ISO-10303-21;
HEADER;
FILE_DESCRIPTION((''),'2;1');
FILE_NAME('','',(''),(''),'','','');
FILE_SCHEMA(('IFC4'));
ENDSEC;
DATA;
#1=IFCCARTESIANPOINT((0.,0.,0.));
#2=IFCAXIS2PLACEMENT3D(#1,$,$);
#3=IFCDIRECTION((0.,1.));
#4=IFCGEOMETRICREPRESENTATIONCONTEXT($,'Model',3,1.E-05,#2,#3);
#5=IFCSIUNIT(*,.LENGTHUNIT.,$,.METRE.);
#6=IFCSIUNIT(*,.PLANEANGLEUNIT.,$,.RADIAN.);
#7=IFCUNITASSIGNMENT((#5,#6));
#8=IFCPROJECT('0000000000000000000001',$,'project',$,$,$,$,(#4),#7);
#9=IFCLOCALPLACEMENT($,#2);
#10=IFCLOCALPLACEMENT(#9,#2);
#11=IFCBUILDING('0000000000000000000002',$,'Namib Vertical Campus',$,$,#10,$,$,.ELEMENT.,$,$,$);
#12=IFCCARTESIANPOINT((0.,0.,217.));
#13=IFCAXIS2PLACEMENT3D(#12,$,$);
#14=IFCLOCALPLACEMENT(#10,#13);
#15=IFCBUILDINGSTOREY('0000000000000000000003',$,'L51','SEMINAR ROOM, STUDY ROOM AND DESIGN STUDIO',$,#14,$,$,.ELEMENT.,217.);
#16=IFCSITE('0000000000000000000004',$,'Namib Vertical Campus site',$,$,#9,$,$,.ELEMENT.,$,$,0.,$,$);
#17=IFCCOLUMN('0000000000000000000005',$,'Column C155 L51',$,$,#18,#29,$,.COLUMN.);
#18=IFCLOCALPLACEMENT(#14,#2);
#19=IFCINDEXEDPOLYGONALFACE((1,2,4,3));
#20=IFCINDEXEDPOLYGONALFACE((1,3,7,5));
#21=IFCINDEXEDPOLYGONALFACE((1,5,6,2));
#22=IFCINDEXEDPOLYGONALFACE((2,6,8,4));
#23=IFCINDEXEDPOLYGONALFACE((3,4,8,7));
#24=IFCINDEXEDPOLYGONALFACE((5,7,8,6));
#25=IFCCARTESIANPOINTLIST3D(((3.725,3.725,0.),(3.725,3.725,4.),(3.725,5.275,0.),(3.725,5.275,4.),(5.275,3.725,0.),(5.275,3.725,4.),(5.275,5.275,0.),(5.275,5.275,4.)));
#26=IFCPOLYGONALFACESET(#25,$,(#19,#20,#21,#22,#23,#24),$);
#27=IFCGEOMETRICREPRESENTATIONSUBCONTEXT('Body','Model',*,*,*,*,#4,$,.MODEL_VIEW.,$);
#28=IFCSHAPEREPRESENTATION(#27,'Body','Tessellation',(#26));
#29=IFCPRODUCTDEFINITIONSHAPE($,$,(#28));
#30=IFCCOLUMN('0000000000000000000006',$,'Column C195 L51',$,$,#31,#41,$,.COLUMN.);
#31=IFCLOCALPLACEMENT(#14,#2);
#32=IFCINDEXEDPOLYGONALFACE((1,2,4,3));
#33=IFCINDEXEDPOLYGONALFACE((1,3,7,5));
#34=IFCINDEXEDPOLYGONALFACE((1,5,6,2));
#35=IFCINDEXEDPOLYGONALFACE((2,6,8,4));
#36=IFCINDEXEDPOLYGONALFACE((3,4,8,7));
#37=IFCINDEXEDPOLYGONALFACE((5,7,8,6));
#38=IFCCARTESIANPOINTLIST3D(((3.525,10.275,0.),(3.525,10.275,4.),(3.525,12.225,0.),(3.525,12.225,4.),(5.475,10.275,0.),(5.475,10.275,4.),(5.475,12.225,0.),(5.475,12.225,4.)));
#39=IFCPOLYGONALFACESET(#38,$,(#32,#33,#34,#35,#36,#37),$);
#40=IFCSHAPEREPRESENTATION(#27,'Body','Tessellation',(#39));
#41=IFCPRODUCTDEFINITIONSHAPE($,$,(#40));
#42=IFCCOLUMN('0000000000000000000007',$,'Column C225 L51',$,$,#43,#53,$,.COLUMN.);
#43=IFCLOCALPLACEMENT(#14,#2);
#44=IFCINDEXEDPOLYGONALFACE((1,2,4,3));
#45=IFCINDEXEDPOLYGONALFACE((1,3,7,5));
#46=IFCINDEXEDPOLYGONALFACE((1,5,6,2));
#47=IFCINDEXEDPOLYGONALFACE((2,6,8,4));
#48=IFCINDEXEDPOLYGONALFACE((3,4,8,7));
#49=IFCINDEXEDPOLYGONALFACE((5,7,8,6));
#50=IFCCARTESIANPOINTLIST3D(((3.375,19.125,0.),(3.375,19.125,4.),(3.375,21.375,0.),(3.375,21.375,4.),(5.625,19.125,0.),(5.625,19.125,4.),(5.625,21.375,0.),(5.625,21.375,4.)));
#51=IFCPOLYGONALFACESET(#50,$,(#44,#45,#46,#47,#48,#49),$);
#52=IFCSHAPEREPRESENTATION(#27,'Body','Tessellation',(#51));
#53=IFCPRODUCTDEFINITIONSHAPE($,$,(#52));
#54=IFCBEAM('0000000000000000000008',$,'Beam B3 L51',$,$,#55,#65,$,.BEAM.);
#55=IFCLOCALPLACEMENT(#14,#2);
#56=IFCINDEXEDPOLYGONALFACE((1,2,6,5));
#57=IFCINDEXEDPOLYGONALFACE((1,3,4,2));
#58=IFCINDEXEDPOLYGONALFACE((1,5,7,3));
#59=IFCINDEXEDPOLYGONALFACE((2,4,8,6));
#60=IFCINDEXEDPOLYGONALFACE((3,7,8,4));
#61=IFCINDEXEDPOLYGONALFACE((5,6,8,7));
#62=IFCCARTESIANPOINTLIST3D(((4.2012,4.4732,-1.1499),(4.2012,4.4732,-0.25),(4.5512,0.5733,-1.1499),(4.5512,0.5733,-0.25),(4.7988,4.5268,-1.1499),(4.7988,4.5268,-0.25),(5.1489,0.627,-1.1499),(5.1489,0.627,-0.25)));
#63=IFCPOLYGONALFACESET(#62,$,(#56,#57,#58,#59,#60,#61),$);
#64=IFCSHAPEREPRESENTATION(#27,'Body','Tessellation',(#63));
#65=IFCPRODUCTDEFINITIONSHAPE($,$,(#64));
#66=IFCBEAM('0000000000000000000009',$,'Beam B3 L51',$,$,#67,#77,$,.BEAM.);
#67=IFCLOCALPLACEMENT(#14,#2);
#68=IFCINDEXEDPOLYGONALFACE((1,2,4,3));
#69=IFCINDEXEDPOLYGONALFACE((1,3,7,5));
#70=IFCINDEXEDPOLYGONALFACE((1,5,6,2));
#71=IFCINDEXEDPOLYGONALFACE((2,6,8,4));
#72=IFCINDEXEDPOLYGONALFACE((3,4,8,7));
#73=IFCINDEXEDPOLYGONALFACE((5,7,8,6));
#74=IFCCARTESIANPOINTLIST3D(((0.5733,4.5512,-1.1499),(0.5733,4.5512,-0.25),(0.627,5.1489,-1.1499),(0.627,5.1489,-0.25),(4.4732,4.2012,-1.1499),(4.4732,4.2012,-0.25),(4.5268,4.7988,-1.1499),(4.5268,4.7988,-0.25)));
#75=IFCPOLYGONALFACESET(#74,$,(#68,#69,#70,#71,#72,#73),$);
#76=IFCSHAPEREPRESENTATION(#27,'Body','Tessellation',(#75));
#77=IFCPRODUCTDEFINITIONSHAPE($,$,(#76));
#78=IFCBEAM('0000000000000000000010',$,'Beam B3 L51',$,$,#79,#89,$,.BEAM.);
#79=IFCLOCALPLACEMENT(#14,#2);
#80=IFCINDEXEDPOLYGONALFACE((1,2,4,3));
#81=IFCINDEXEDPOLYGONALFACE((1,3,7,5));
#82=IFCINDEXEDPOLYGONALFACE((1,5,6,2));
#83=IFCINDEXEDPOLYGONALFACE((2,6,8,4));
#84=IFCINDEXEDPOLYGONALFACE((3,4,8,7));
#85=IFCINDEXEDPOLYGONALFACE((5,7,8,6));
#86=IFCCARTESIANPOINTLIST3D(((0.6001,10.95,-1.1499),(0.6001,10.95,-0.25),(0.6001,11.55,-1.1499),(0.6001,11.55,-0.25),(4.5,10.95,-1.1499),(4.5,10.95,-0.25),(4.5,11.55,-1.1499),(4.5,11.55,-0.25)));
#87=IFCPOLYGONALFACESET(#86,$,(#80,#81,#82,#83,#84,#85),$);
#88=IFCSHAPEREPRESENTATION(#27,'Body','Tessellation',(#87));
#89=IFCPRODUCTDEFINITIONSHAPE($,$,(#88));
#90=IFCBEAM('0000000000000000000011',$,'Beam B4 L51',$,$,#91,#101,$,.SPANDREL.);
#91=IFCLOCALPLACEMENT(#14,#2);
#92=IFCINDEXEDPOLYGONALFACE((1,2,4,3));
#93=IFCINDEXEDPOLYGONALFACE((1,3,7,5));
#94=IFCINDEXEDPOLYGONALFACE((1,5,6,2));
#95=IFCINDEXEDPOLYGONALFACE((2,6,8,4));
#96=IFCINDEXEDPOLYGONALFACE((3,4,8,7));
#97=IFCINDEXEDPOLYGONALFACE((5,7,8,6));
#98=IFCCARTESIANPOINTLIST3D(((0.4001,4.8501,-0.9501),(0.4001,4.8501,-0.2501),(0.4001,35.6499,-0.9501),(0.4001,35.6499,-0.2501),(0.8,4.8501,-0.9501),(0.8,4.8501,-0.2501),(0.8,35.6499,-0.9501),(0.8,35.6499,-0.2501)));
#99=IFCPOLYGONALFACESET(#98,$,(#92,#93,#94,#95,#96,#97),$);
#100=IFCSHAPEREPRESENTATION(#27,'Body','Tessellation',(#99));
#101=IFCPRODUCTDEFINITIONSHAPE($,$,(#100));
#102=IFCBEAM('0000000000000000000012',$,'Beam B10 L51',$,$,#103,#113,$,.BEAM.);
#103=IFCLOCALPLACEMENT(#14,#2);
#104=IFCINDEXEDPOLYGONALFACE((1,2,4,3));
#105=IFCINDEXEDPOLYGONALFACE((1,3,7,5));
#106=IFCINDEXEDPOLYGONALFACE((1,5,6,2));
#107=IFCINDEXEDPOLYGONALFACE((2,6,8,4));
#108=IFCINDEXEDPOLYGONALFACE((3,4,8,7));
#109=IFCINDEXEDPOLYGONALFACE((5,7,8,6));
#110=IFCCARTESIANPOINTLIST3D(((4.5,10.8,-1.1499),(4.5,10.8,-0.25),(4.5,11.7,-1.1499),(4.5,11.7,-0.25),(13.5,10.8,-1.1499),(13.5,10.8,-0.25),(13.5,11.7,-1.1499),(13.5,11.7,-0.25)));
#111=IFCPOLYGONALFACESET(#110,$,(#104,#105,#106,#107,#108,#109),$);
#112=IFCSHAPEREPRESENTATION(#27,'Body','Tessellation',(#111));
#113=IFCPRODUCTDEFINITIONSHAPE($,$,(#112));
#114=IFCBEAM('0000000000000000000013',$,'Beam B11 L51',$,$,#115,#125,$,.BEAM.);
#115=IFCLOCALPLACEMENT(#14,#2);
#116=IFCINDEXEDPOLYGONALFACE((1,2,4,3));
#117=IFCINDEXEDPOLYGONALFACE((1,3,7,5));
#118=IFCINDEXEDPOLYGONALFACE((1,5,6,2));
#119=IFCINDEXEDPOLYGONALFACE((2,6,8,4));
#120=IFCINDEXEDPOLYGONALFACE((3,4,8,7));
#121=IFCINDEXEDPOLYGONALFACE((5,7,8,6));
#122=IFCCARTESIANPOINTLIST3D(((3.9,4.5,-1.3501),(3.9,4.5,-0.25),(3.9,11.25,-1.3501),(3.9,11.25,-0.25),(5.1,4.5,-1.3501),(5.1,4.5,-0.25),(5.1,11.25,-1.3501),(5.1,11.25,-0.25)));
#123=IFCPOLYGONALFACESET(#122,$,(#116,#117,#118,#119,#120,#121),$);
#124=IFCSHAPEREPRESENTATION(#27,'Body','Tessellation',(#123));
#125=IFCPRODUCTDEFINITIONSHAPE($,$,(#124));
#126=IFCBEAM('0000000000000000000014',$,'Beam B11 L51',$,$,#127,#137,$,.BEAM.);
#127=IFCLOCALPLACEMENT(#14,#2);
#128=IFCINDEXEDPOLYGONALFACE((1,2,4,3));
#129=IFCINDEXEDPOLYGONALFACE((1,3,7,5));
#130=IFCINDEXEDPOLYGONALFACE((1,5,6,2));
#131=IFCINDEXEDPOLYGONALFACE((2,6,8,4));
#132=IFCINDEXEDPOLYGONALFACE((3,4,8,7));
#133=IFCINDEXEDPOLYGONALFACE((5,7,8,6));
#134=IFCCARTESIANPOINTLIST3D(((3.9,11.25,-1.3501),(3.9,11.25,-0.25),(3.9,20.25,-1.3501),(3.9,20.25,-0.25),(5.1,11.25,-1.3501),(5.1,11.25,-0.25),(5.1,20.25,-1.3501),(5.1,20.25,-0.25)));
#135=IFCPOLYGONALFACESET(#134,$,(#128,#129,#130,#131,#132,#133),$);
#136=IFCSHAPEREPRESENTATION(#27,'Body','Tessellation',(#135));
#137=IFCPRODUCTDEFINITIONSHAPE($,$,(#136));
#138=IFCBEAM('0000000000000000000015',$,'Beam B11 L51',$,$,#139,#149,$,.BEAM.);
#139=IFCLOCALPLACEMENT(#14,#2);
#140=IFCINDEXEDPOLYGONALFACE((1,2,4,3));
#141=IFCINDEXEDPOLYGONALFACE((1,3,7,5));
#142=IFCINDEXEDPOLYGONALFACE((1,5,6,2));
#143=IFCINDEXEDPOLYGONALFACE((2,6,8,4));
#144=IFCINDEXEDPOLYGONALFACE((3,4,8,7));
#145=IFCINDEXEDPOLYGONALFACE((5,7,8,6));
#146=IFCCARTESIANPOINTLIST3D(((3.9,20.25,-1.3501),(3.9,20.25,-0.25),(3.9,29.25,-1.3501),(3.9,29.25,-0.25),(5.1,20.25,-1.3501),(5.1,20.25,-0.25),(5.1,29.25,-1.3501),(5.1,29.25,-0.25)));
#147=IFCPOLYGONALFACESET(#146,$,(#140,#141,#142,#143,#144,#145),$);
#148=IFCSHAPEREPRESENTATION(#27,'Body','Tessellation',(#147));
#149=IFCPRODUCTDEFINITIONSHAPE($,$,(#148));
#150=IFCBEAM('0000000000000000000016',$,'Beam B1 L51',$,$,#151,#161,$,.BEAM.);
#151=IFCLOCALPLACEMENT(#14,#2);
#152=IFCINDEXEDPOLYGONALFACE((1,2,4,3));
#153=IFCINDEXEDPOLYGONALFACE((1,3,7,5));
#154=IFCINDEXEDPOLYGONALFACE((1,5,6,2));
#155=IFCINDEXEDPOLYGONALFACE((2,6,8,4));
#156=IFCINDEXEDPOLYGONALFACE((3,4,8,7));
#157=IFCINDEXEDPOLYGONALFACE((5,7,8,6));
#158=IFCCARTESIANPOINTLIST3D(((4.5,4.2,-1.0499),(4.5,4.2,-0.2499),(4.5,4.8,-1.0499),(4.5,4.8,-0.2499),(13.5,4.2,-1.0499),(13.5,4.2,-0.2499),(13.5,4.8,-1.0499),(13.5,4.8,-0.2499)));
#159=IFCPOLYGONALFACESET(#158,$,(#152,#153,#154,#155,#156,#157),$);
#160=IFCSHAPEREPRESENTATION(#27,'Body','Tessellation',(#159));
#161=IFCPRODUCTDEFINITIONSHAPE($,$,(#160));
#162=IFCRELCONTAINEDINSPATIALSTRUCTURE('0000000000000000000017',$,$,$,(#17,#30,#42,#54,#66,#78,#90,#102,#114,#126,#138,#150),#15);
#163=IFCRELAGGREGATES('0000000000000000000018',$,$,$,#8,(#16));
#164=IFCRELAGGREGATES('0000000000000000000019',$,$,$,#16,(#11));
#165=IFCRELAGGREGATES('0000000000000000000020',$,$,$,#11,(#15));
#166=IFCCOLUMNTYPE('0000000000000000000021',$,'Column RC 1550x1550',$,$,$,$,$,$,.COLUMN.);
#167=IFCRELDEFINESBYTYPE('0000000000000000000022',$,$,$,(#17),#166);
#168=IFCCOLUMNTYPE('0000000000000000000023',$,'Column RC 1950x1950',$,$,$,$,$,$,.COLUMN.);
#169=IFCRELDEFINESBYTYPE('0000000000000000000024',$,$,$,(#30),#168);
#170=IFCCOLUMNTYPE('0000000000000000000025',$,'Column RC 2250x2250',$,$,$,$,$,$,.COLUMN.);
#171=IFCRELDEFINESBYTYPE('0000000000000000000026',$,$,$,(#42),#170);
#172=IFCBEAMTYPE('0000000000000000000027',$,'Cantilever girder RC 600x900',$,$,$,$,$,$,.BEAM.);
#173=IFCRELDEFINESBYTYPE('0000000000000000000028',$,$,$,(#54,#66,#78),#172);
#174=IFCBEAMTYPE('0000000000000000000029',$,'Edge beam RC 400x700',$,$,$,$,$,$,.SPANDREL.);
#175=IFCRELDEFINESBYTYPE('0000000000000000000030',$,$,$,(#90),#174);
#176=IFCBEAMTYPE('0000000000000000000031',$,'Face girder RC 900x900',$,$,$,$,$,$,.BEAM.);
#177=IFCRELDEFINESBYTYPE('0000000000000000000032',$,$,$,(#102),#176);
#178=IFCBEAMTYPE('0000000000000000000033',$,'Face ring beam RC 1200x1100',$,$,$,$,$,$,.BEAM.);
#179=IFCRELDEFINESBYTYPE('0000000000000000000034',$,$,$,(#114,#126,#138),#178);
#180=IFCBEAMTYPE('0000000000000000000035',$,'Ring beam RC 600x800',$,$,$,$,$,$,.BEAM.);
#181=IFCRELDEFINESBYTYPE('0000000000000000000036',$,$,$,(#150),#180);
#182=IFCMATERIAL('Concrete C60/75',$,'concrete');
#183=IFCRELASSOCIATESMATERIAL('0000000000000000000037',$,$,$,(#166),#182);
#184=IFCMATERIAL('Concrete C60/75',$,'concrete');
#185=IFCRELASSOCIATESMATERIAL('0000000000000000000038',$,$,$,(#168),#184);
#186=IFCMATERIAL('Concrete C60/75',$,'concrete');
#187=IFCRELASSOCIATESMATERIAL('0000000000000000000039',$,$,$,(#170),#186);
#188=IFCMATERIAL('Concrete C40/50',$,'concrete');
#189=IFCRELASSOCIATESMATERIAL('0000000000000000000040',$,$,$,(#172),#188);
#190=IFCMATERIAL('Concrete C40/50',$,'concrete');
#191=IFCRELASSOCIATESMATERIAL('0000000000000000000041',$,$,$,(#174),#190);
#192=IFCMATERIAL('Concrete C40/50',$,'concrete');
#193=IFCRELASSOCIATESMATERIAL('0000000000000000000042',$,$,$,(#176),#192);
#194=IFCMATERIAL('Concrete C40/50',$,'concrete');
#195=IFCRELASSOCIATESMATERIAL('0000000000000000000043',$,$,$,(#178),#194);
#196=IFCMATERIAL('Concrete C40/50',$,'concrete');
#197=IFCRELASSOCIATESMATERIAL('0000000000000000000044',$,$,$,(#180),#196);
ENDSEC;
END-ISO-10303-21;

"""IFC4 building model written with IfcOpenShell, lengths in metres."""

from ifc_helpers import new_model, si_unit, direction, frame, origin, origin_2d, place, context, subcontext, project, spatial, rectangle, extrude, material, material_profile, profile_set, type_object, element, save


model = new_model("IFC4")

# Units and contexts
model_context = context("Model", 3, precision=1e-05, world=origin(), true_north=direction((0.0, 1.0)))
body_context = subcontext(model_context, "Body", "Model", "MODEL_VIEW")
ifc_project = project(units=[si_unit("LENGTHUNIT", "METRE"), si_unit("PLANEANGLEUNIT", "RADIAN")], contexts=[model_context])

# Site, building, storey
site_placement = place(None, origin())
site = spatial("IfcSite", under=ifc_project, at=site_placement, Name="Namib Vertical Campus site", CompositionType="ELEMENT", RefElevation=0.0)
building_placement = place(site_placement, origin())
building = spatial("IfcBuilding", under=site, at=building_placement, Name="Namib Vertical Campus", CompositionType="ELEMENT")
storey_placement = place(building_placement, frame((0.0, 0.0, 217.0)))
storey = spatial("IfcBuildingStorey", under=building, at=storey_placement, Name="L51", Description="SEMINAR ROOM, STUDY ROOM AND DESIGN STUDIO", CompositionType="ELEMENT", Elevation=217.0)

# Columns
ifc_material_1 = material(Name="Concrete C60/75", Category="concrete")
ifc_material_profile_1 = material_profile(ifc_material_1, rectangle(XDim=1.55, YDim=1.55, at=origin_2d()))
ifc_profile_set_1 = profile_set([ifc_material_profile_1], Name="Concrete C60/75")
column_type_1 = type_object("IfcColumnType", Name="Column RC 1550x1550", PredefinedType="COLUMN", material=ifc_profile_set_1)
column_1_placement = place(storey_placement, frame((4.5, 4.5, 0.0), z_axis=(0.0, 0.0, 1.0), x_axis=(1.0, 0.0, 0.0)))
element("IfcColumn", 1, at=column_1_placement, inside=storey, type_object=column_type_1, Name="Column C155 L51", PredefinedType="COLUMN", context=body_context, shape_type="SweptSolid", body=[
    extrude(rectangle(XDim=1.55, YDim=1.55, at=origin_2d()), origin(), (0.0, 0.0, 1.0), 4.0),
])
ifc_material_2 = material(Name="Concrete C60/75", Category="concrete")
ifc_material_profile_2 = material_profile(ifc_material_2, rectangle(XDim=1.95, YDim=1.95, at=origin_2d()))
ifc_profile_set_2 = profile_set([ifc_material_profile_2], Name="Concrete C60/75")
column_type_2 = type_object("IfcColumnType", Name="Column RC 1950x1950", PredefinedType="COLUMN", material=ifc_profile_set_2)
column_2_placement = place(storey_placement, frame((4.5, 11.25, 0.0), z_axis=(0.0, 0.0, 1.0), x_axis=(1.0, 0.0, 0.0)))
element("IfcColumn", 2, at=column_2_placement, inside=storey, type_object=column_type_2, Name="Column C195 L51", PredefinedType="COLUMN", context=body_context, shape_type="SweptSolid", body=[
    extrude(rectangle(XDim=1.95, YDim=1.95, at=origin_2d()), origin(), (0.0, 0.0, 1.0), 4.0),
])
ifc_material_3 = material(Name="Concrete C60/75", Category="concrete")
ifc_material_profile_3 = material_profile(ifc_material_3, rectangle(XDim=2.25, YDim=2.25, at=origin_2d()))
ifc_profile_set_3 = profile_set([ifc_material_profile_3], Name="Concrete C60/75")
column_type_3 = type_object("IfcColumnType", Name="Column RC 2250x2250", PredefinedType="COLUMN", material=ifc_profile_set_3)
column_3_placement = place(storey_placement, frame((4.5, 20.25, 0.0), z_axis=(0.0, 0.0, 1.0), x_axis=(1.0, 0.0, 0.0)))
element("IfcColumn", 3, at=column_3_placement, inside=storey, type_object=column_type_3, Name="Column C225 L51", PredefinedType="COLUMN", context=body_context, shape_type="SweptSolid", body=[
    extrude(rectangle(XDim=2.25, YDim=2.25, at=origin_2d()), origin(), (0.0, 0.0, 1.0), 4.0),
])

# Beams
ifc_material_4 = material(Name="Concrete C40/50", Category="concrete")
ifc_material_profile_4 = material_profile(ifc_material_4, rectangle(XDim=0.6001, YDim=0.8999, at=origin_2d()))
ifc_profile_set_4 = profile_set([ifc_material_profile_4], Name="Concrete C40/50")
beam_type_1 = type_object("IfcBeamType", Name="Cantilever girder RC 600x900", PredefinedType="BEAM", material=ifc_profile_set_4)
for number, where, z_axis, x_axis, name in (
    (4, (4.5, 4.5, -0.7), (0.089411, -0.995995, 0.0), (0.995995, 0.089411, 0.0), "Beam B3 L51"),
    (5, (4.5, 4.5, -0.7), (-0.995995, 0.089411, 0.0), (-0.089411, -0.995995, 0.0), "Beam B3 L51"),
):
    element("IfcBeam", number, at=place(storey_placement, frame(where, z_axis=z_axis, x_axis=x_axis)), inside=storey, type_object=beam_type_1, Name=name, PredefinedType="BEAM", context=body_context, shape_type="SweptSolid", body=[
        extrude(rectangle(XDim=0.6001, YDim=0.8999, at=origin_2d()), origin(), (0.0, 0.0, 1.0), 3.9155),
    ])
beam_1_placement = place(storey_placement, frame((4.5, 11.25, -0.7), z_axis=(-1.0, 0.0, 0.0), x_axis=(0.0, -1.0, 0.0)))
element("IfcBeam", 6, at=beam_1_placement, inside=storey, type_object=beam_type_1, Name="Beam B3 L51", PredefinedType="BEAM", context=body_context, shape_type="SweptSolid", body=[
    extrude(rectangle(XDim=0.6001, YDim=0.8999, at=origin_2d()), origin(), (0.0, 0.0, 1.0), 3.8999),
])
ifc_material_5 = material(Name="Concrete C40/50", Category="concrete")
ifc_material_profile_5 = material_profile(ifc_material_5, rectangle(XDim=0.3999, YDim=0.7, at=origin_2d()))
ifc_profile_set_5 = profile_set([ifc_material_profile_5], Name="Concrete C40/50")
beam_type_2 = type_object("IfcBeamType", Name="Edge beam RC 400x700", PredefinedType="SPANDREL", material=ifc_profile_set_5)
beam_2_placement = place(storey_placement, frame((0.6001, 4.8501, -0.6001), z_axis=(0.0, 1.0, 0.0), x_axis=(-1.0, 0.0, 0.0)))
element("IfcBeam", 7, at=beam_2_placement, inside=storey, type_object=beam_type_2, Name="Beam B4 L51", PredefinedType="SPANDREL", context=body_context, shape_type="SweptSolid", body=[
    extrude(rectangle(XDim=0.3999, YDim=0.7, at=origin_2d()), origin(), (0.0, 0.0, 1.0), 30.7998),
])
ifc_material_6 = material(Name="Concrete C40/50", Category="concrete")
ifc_material_profile_6 = material_profile(ifc_material_6, rectangle(XDim=0.8999, YDim=0.8999, at=origin_2d()))
ifc_profile_set_6 = profile_set([ifc_material_profile_6], Name="Concrete C40/50")
beam_type_3 = type_object("IfcBeamType", Name="Face girder RC 900x900", PredefinedType="BEAM", material=ifc_profile_set_6)
beam_3_placement = place(storey_placement, frame((4.5, 11.25, -0.7), z_axis=(1.0, 0.0, 0.0), x_axis=(0.0, 1.0, 0.0)))
element("IfcBeam", 8, at=beam_3_placement, inside=storey, type_object=beam_type_3, Name="Beam B10 L51", PredefinedType="BEAM", context=body_context, shape_type="SweptSolid", body=[
    extrude(rectangle(XDim=0.8999, YDim=0.8999, at=origin_2d()), origin(), (0.0, 0.0, 1.0), 9.0),
])
ifc_material_7 = material(Name="Concrete C40/50", Category="concrete")
ifc_material_profile_7 = material_profile(ifc_material_7, rectangle(XDim=1.2, YDim=1.1001, at=origin_2d()))
ifc_profile_set_7 = profile_set([ifc_material_profile_7], Name="Concrete C40/50")
beam_type_4 = type_object("IfcBeamType", Name="Face ring beam RC 1200x1100", PredefinedType="BEAM", material=ifc_profile_set_7)
beam_4_placement = place(storey_placement, frame((4.5, 4.5, -0.8), z_axis=(0.0, 1.0, 0.0), x_axis=(-1.0, 0.0, 0.0)))
element("IfcBeam", 9, at=beam_4_placement, inside=storey, type_object=beam_type_4, Name="Beam B11 L51", PredefinedType="BEAM", context=body_context, shape_type="SweptSolid", body=[
    extrude(rectangle(XDim=1.2, YDim=1.1001, at=origin_2d()), origin(), (0.0, 0.0, 1.0), 6.75),
])
for number, where, z_axis, x_axis, name in (
    (10, (4.5, 11.25, -0.8), (0.0, 1.0, 0.0), (-1.0, 0.0, 0.0), "Beam B11 L51"),
    (11, (4.5, 20.25, -0.8), (0.0, 1.0, 0.0), (-1.0, 0.0, 0.0), "Beam B11 L51"),
):
    element("IfcBeam", number, at=place(storey_placement, frame(where, z_axis=z_axis, x_axis=x_axis)), inside=storey, type_object=beam_type_4, Name=name, PredefinedType="BEAM", context=body_context, shape_type="SweptSolid", body=[
        extrude(rectangle(XDim=1.2, YDim=1.1001, at=origin_2d()), origin(), (0.0, 0.0, 1.0), 9.0),
    ])
ifc_material_8 = material(Name="Concrete C40/50", Category="concrete")
ifc_material_profile_8 = material_profile(ifc_material_8, rectangle(XDim=0.6001, YDim=0.8, at=origin_2d()))
ifc_profile_set_8 = profile_set([ifc_material_profile_8], Name="Concrete C40/50")
beam_type_5 = type_object("IfcBeamType", Name="Ring beam RC 600x800", PredefinedType="BEAM", material=ifc_profile_set_8)
beam_5_placement = place(storey_placement, frame((4.5, 4.5, -0.6499), z_axis=(1.0, 0.0, 0.0), x_axis=(0.0, 1.0, 0.0)))
element("IfcBeam", 12, at=beam_5_placement, inside=storey, type_object=beam_type_5, Name="Beam B1 L51", PredefinedType="BEAM", context=body_context, shape_type="SweptSolid", body=[
    extrude(rectangle(XDim=0.6001, YDim=0.8, at=origin_2d()), origin(), (0.0, 0.0, 1.0), 9.0),
])

save(model, "model.ifc")
